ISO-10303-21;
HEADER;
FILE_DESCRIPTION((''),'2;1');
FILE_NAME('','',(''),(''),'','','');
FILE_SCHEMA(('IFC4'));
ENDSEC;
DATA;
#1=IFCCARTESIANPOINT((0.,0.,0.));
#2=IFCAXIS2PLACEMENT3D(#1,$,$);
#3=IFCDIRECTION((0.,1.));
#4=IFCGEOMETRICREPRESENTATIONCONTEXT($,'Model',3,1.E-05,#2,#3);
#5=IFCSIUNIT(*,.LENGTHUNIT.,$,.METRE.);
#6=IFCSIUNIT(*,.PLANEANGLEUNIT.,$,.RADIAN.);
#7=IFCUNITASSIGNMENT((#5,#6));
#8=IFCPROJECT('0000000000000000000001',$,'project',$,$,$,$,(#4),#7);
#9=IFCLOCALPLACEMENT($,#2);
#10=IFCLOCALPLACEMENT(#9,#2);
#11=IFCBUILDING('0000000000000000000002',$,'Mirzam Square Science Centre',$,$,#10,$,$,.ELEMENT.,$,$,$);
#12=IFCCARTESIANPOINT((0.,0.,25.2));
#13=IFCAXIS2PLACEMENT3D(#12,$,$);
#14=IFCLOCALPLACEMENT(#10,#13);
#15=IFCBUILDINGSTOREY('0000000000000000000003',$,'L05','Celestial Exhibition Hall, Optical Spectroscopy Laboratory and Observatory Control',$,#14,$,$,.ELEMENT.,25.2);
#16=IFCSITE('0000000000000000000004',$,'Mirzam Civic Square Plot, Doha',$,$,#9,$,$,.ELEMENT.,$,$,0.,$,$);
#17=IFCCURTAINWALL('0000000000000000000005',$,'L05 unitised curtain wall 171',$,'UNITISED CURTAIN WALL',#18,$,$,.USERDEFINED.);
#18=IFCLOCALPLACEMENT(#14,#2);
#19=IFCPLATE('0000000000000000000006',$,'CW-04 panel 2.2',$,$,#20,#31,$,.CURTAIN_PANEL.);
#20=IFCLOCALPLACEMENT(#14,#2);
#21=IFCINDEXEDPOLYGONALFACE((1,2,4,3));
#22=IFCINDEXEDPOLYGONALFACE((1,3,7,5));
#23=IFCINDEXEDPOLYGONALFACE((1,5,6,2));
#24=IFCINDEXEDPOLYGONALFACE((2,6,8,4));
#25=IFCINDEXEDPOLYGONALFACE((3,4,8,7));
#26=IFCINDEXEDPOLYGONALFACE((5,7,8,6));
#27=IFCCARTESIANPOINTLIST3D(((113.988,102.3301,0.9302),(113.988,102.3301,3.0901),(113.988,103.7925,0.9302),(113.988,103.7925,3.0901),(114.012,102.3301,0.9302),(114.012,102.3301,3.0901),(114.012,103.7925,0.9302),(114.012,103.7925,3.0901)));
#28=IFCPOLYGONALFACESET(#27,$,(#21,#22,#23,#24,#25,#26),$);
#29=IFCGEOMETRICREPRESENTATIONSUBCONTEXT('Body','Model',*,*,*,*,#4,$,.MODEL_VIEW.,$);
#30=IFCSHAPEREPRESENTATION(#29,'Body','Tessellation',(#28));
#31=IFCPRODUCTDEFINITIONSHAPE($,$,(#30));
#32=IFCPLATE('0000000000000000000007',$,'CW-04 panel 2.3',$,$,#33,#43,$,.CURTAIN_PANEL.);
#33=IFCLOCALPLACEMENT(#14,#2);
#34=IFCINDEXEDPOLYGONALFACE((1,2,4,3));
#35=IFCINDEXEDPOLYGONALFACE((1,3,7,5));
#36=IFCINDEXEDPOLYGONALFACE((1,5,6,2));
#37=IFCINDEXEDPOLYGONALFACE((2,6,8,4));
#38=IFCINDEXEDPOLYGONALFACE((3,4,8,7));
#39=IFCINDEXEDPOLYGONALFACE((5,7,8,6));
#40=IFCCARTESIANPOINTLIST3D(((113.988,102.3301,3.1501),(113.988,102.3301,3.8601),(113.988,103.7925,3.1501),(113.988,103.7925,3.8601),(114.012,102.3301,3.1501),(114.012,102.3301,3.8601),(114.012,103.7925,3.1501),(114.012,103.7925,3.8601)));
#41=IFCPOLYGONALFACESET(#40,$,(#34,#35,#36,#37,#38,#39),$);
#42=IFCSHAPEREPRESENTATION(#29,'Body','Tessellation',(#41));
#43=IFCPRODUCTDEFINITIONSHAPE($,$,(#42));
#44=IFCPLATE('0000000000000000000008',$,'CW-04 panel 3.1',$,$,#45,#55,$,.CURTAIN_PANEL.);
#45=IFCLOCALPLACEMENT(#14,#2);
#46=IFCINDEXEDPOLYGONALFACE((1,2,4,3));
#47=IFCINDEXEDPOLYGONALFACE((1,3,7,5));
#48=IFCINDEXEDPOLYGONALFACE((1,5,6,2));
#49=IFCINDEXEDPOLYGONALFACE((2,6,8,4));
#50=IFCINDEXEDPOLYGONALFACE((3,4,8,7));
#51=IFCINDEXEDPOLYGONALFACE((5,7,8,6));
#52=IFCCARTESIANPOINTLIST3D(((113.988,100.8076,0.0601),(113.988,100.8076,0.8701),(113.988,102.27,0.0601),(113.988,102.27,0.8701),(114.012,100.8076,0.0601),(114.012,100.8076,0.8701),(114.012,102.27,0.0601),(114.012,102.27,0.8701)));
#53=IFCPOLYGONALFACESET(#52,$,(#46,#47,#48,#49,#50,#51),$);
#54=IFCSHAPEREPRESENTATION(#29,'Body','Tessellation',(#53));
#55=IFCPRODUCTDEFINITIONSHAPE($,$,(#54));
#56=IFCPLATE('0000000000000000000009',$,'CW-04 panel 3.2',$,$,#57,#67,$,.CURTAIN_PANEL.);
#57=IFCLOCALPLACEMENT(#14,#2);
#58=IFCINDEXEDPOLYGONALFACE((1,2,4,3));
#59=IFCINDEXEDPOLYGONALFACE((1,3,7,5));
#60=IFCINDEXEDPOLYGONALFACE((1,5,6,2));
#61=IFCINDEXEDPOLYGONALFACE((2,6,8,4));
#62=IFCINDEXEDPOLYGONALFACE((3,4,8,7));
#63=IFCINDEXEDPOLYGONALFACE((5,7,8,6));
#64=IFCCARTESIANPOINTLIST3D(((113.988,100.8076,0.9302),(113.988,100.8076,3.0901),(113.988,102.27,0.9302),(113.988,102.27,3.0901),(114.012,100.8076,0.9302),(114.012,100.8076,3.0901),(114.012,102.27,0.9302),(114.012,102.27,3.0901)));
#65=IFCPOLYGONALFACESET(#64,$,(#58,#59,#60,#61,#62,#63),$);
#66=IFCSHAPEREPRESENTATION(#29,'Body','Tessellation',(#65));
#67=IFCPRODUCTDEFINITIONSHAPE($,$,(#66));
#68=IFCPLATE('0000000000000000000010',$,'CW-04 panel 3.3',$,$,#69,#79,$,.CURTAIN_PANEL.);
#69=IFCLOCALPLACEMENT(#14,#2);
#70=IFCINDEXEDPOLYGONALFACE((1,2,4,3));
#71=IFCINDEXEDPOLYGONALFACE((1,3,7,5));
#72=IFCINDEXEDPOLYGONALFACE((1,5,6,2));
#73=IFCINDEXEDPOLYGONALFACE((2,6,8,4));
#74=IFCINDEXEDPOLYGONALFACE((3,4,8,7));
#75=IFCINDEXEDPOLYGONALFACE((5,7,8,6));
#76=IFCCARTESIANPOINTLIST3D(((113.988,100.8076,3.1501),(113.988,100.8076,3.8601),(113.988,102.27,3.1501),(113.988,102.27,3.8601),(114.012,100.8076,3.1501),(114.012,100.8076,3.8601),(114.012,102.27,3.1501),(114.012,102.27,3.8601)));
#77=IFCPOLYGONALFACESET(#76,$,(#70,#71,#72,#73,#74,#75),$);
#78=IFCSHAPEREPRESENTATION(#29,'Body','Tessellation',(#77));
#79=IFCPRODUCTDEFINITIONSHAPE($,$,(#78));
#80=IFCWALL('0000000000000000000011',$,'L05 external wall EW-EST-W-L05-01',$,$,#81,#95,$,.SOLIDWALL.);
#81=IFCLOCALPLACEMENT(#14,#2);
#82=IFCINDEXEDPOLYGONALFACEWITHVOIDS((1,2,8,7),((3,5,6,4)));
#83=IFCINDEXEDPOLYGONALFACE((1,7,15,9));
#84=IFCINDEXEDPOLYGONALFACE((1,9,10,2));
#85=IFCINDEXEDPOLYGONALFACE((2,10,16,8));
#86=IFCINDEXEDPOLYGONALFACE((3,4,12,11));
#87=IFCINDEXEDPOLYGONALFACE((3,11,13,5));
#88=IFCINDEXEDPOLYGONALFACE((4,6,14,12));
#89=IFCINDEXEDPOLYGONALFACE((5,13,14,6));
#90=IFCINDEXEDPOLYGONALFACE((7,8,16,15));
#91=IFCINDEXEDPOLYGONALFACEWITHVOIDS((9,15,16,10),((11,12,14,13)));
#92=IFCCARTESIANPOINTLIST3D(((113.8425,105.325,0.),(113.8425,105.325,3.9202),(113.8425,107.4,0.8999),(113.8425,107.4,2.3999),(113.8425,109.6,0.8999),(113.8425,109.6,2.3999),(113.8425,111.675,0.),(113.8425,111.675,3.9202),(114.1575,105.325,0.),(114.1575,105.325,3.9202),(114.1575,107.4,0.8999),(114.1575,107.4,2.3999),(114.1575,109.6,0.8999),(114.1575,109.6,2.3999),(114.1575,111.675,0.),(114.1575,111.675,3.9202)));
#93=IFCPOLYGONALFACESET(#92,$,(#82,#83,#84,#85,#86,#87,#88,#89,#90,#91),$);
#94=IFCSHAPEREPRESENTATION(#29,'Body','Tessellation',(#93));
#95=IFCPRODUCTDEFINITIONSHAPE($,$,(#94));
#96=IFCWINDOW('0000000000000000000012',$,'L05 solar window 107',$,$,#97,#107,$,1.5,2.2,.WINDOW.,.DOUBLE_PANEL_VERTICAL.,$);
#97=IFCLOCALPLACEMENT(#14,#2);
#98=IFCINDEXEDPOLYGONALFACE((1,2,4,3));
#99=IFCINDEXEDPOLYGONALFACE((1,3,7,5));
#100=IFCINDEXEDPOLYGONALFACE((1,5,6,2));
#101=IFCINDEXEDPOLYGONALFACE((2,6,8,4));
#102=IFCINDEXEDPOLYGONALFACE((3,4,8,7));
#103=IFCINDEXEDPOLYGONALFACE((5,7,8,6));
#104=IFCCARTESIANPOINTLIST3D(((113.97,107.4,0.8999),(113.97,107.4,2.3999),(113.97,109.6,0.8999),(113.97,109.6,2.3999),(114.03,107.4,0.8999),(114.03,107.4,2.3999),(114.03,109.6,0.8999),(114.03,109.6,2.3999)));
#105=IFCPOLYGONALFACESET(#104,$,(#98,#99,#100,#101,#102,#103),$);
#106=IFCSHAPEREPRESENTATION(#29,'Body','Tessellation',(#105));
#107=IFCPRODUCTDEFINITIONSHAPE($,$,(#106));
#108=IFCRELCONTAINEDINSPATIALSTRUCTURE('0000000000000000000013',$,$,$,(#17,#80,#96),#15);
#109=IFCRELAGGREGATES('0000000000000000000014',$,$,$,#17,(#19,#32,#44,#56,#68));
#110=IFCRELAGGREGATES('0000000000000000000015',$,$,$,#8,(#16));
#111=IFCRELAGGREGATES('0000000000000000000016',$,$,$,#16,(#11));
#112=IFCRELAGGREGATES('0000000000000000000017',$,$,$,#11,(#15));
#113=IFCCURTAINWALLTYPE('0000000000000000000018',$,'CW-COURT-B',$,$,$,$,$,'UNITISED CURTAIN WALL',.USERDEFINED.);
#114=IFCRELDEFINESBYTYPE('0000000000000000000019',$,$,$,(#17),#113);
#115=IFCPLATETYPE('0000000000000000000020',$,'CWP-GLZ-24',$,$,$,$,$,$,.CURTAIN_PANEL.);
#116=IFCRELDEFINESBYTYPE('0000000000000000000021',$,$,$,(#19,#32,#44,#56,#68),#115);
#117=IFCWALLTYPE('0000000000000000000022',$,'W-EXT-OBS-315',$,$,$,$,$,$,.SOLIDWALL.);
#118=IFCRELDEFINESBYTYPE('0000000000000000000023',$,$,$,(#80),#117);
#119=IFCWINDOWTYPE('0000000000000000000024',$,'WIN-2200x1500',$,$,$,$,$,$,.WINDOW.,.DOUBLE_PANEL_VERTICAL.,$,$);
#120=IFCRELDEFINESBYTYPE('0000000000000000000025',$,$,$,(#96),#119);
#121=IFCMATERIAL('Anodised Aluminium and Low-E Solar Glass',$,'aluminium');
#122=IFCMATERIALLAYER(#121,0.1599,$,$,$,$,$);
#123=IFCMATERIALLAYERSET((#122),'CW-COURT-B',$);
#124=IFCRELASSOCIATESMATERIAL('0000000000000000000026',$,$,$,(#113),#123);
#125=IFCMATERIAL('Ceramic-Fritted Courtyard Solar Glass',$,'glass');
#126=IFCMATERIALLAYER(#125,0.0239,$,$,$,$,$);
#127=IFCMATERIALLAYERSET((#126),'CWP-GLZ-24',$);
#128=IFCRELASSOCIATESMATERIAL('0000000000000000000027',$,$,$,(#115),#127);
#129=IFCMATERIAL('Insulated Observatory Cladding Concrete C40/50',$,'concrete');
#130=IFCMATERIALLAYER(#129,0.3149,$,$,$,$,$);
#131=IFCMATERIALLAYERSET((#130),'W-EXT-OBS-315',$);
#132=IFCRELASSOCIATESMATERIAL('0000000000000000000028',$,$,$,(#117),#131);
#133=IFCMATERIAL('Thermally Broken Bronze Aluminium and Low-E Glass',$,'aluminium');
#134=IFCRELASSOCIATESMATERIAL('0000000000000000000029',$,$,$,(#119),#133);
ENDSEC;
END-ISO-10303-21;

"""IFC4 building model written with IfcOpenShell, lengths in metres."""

from ifc_helpers import new_model, si_unit, direction, frame, frame_2d, origin, origin_2d, place, context, subcontext, project, spatial, rectangle, extrude, material, layer, layer_set, type_object, element, fill, aggregate, save


model = new_model("IFC4")

# Units and contexts
model_context = context("Model", 3, precision=1e-05, world=origin(), true_north=direction((0.0, 1.0)))
body_context = subcontext(model_context, "Body", "Model", "MODEL_VIEW")
ifc_project = project(units=[si_unit("LENGTHUNIT", "METRE"), si_unit("PLANEANGLEUNIT", "RADIAN")], contexts=[model_context])

# Site, building, storey
site_placement = place(None, origin())
site = spatial("IfcSite", under=ifc_project, at=site_placement, Name="Mirzam Civic Square Plot, Doha", CompositionType="ELEMENT", RefElevation=0.0)
building_placement = place(site_placement, origin())
building = spatial("IfcBuilding", under=site, at=building_placement, Name="Mirzam Square Science Centre", CompositionType="ELEMENT")
storey_placement = place(building_placement, frame((0.0, 0.0, 25.2)))
storey = spatial("IfcBuildingStorey", under=building, at=storey_placement, Name="L05", Description="Celestial Exhibition Hall, Optical Spectroscopy Laboratory and Observatory Control", CompositionType="ELEMENT", Elevation=25.2)

# Curtain wall
ifc_material_1 = material(Name="Anodised Aluminium and Low-E Solar Glass", Category="aluminium")
ifc_layer_1 = layer(ifc_material_1, 0.1599)
ifc_layer_set_1 = layer_set([ifc_layer_1], Name="CW-COURT-B")
curtain_wall_type = type_object("IfcCurtainWallType", Name="CW-COURT-B", ElementType="UNITISED CURTAIN WALL", PredefinedType="USERDEFINED", material=ifc_layer_set_1)
curtain_wall_placement = place(storey_placement, origin())
curtain_wall = element("IfcCurtainWall", 1, at=curtain_wall_placement, inside=storey, type_object=curtain_wall_type, Name="L05 unitised curtain wall 171", ObjectType="UNITISED CURTAIN WALL", PredefinedType="USERDEFINED")

# Plates
ifc_material_2 = material(Name="Ceramic-Fritted Courtyard Solar Glass", Category="glass")
ifc_layer_2 = layer(ifc_material_2, 0.0239)
ifc_layer_set_2 = layer_set([ifc_layer_2], Name="CWP-GLZ-24")
plate_type = type_object("IfcPlateType", Name="CWP-GLZ-24", PredefinedType="CURTAIN_PANEL", material=ifc_layer_set_2)
plate_1_placement = place(storey_placement, frame((114.0, 103.0613, 0.9302), z_axis=(0.0, 0.0, 1.0), x_axis=(0.0, -1.0, 0.0)))
plate_1 = element("IfcPlate", 2, at=plate_1_placement, type_object=plate_type, Name="CW-04 panel 2.2", PredefinedType="CURTAIN_PANEL", context=body_context, shape_type="SweptSolid", body=[
    extrude(rectangle(XDim=1.4624, YDim=0.0239, at=origin_2d()), origin(), (0.0, 0.0, 1.0), 2.1599),
])
plate_2_placement = place(storey_placement, frame((114.0, 103.0613, 3.1501), z_axis=(0.0, 0.0, 1.0), x_axis=(0.0, -1.0, 0.0)))
plate_2 = element("IfcPlate", 3, at=plate_2_placement, type_object=plate_type, Name="CW-04 panel 2.3", PredefinedType="CURTAIN_PANEL", context=body_context, shape_type="SweptSolid", body=[
    extrude(rectangle(XDim=1.4624, YDim=0.0239, at=origin_2d()), origin(), (0.0, 0.0, 1.0), 0.71),
])
plate_3_placement = place(storey_placement, frame((114.0, 101.5388, 0.0601), z_axis=(0.0, 0.0, 1.0), x_axis=(0.0, -1.0, 0.0)))
plate_3 = element("IfcPlate", 4, at=plate_3_placement, type_object=plate_type, Name="CW-04 panel 3.1", PredefinedType="CURTAIN_PANEL", context=body_context, shape_type="SweptSolid", body=[
    extrude(rectangle(XDim=1.4624, YDim=0.0239, at=origin_2d()), origin(), (0.0, 0.0, 1.0), 0.8101),
])
plate_4_placement = place(storey_placement, frame((114.0, 101.5388, 0.9302), z_axis=(0.0, 0.0, 1.0), x_axis=(0.0, -1.0, 0.0)))
plate_4 = element("IfcPlate", 5, at=plate_4_placement, type_object=plate_type, Name="CW-04 panel 3.2", PredefinedType="CURTAIN_PANEL", context=body_context, shape_type="SweptSolid", body=[
    extrude(rectangle(XDim=1.4624, YDim=0.0239, at=origin_2d()), origin(), (0.0, 0.0, 1.0), 2.1599),
])
plate_5_placement = place(storey_placement, frame((114.0, 101.5388, 3.1501), z_axis=(0.0, 0.0, 1.0), x_axis=(0.0, -1.0, 0.0)))
plate_5 = element("IfcPlate", 6, at=plate_5_placement, type_object=plate_type, Name="CW-04 panel 3.3", PredefinedType="CURTAIN_PANEL", context=body_context, shape_type="SweptSolid", body=[
    extrude(rectangle(XDim=1.4624, YDim=0.0239, at=origin_2d()), origin(), (0.0, 0.0, 1.0), 0.71),
])
aggregate(curtain_wall, [plate_1, plate_2, plate_3, plate_4, plate_5])

# Wall, opening, window
ifc_material_3 = material(Name="Insulated Observatory Cladding Concrete C40/50", Category="concrete")
ifc_layer_3 = layer(ifc_material_3, 0.3149)
ifc_layer_set_3 = layer_set([ifc_layer_3], Name="W-EXT-OBS-315")
wall_type = type_object("IfcWallType", Name="W-EXT-OBS-315", PredefinedType="SOLIDWALL", material=ifc_layer_set_3)
wall_placement = place(storey_placement, frame((114.0, 111.675, 0.0), z_axis=(0.0, 0.0, 1.0), x_axis=(0.0, -1.0, 0.0)))
wall = element("IfcWall", 7, at=wall_placement, inside=storey, type_object=wall_type, Name="L05 external wall EW-EST-W-L05-01", PredefinedType="SOLIDWALL", context=body_context, shape_type="SweptSolid", body=[
    extrude(rectangle(XDim=6.3501, YDim=0.3149, at=frame_2d((3.175, 0.0))), origin(), (0.0, 0.0, 1.0), 3.9202),
])
opening_placement = place(wall_placement, frame((2.075, 0.0, 0.8999)))
opening = element("IfcOpeningElement", 8, at=opening_placement, cuts=wall, PredefinedType="OPENING", context=body_context, shape_type="SweptSolid", body=[
    extrude(rectangle(XDim=2.2, YDim=1.5, at=frame_2d((1.1001, 0.75))), frame((0.0, 0.1675, 0.0), z_axis=(0.0, -1.0, 0.0), x_axis=(1.0, 0.0, 0.0)), (0.0, 0.0, 1.0), 0.335),
])
ifc_material_4 = material(Name="Thermally Broken Bronze Aluminium and Low-E Glass", Category="aluminium")
window_type = type_object("IfcWindowType", Name="WIN-2200x1500", PartitioningType="DOUBLE_PANEL_VERTICAL", PredefinedType="WINDOW", material=ifc_material_4)
window_placement = place(opening_placement, origin())
window = element("IfcWindow", 9, at=window_placement, inside=storey, type_object=window_type, Name="L05 solar window 107", OverallHeight=1.5, OverallWidth=2.2, PartitioningType="DOUBLE_PANEL_VERTICAL", PredefinedType="WINDOW", context=body_context, shape_type="SweptSolid", body=[
    extrude(rectangle(XDim=2.2, YDim=1.5, at=frame_2d((1.1001, 0.75))), frame((0.0, 0.03, 0.0), z_axis=(0.0, -1.0, 0.0), x_axis=(1.0, 0.0, 0.0)), (0.0, 0.0, 1.0), 0.0601),
])
fill(opening, window)

save(model, "model.ifc")
